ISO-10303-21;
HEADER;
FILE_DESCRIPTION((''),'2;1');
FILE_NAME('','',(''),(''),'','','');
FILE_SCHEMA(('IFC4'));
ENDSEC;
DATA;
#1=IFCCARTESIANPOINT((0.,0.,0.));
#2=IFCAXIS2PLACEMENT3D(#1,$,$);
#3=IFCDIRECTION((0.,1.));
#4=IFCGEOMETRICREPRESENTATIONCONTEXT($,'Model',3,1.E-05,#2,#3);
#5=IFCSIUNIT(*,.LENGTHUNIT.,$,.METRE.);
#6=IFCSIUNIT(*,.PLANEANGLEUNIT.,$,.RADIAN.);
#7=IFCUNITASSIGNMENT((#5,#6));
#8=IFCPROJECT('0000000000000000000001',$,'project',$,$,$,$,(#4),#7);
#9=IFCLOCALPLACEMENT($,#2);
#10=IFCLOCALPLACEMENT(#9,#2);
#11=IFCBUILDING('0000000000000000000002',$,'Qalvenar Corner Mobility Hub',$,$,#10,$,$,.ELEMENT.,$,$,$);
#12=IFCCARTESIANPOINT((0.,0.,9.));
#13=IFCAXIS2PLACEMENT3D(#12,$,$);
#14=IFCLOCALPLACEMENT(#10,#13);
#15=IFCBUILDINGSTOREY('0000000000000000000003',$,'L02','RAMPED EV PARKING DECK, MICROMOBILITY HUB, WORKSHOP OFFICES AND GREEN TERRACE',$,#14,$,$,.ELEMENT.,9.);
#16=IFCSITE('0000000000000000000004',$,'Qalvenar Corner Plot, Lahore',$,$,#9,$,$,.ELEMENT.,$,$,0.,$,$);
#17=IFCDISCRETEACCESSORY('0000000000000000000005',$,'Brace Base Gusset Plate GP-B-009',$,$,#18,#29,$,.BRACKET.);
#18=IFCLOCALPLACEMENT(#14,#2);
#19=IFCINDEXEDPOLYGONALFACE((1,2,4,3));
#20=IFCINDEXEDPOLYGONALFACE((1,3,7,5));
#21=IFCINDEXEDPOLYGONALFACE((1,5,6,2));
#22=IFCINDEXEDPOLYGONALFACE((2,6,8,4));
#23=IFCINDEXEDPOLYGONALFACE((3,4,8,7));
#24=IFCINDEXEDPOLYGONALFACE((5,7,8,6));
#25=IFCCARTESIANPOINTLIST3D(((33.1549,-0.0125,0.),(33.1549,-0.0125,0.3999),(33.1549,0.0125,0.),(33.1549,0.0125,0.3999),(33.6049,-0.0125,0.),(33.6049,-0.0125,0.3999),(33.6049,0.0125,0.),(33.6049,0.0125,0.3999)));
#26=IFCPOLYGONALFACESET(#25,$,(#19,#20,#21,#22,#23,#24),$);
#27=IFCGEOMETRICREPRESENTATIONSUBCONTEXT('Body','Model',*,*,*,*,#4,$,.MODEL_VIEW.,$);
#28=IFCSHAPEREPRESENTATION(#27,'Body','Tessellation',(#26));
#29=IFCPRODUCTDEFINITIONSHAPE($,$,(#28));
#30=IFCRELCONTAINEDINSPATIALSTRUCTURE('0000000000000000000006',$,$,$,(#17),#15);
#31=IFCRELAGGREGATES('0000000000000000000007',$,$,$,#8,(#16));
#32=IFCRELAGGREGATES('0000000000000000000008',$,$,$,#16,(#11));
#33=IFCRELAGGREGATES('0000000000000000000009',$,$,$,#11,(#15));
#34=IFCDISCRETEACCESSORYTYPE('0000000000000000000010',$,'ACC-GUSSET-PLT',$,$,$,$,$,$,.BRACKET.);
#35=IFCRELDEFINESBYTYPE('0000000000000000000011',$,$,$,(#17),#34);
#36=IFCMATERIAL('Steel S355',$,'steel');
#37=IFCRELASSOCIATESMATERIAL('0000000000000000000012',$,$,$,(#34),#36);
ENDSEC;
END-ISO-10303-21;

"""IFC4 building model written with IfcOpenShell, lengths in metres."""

from ifc_helpers import new_model, si_unit, direction, frame, origin, origin_2d, place, context, subcontext, project, spatial, rectangle, extrude, material, type_object, element, save


model = new_model("IFC4")

# Units and contexts
model_context = context("Model", 3, precision=1e-05, world=origin(), true_north=direction((0.0, 1.0)))
body_context = subcontext(model_context, "Body", "Model", "MODEL_VIEW")
ifc_project = project(units=[si_unit("LENGTHUNIT", "METRE"), si_unit("PLANEANGLEUNIT", "RADIAN")], contexts=[model_context])

# Site, building, storey
site_placement = place(None, origin())
site = spatial("IfcSite", under=ifc_project, at=site_placement, Name="Qalvenar Corner Plot, Lahore", CompositionType="ELEMENT", RefElevation=0.0)
building_placement = place(site_placement, origin())
building = spatial("IfcBuilding", under=site, at=building_placement, Name="Qalvenar Corner Mobility Hub", CompositionType="ELEMENT")
storey_placement = place(building_placement, frame((0.0, 0.0, 9.0)))
storey = spatial("IfcBuildingStorey", under=building, at=storey_placement, Name="L02", Description="RAMPED EV PARKING DECK, MICROMOBILITY HUB, WORKSHOP OFFICES AND GREEN TERRACE", CompositionType="ELEMENT", Elevation=9.0)

# Shared definitions
ifc_material_1 = material(Name="Steel S355", Category="steel")

# Discrete accessory
discrete_accessory_type = type_object("IfcDiscreteAccessoryType", Name="ACC-GUSSET-PLT", PredefinedType="BRACKET", material=ifc_material_1)
for number, where, z_axis, x_axis, name in (
    (1, (33.3799, 0.0, 0.0), (0.0, 0.0, 1.0), (1.0, 0.0, 0.0), "Brace Base Gusset Plate GP-B-009"),
):
    element("IfcDiscreteAccessory", number, at=place(storey_placement, frame(where, z_axis=z_axis, x_axis=x_axis)), inside=storey, type_object=discrete_accessory_type, Name=name, PredefinedType="BRACKET", context=body_context, shape_type="SweptSolid", body=[
        extrude(rectangle(XDim=0.45, YDim=0.0249, at=origin_2d()), origin(), (0.0, 0.0, 1.0), 0.3999),
    ])

save(model, "model.ifc")
